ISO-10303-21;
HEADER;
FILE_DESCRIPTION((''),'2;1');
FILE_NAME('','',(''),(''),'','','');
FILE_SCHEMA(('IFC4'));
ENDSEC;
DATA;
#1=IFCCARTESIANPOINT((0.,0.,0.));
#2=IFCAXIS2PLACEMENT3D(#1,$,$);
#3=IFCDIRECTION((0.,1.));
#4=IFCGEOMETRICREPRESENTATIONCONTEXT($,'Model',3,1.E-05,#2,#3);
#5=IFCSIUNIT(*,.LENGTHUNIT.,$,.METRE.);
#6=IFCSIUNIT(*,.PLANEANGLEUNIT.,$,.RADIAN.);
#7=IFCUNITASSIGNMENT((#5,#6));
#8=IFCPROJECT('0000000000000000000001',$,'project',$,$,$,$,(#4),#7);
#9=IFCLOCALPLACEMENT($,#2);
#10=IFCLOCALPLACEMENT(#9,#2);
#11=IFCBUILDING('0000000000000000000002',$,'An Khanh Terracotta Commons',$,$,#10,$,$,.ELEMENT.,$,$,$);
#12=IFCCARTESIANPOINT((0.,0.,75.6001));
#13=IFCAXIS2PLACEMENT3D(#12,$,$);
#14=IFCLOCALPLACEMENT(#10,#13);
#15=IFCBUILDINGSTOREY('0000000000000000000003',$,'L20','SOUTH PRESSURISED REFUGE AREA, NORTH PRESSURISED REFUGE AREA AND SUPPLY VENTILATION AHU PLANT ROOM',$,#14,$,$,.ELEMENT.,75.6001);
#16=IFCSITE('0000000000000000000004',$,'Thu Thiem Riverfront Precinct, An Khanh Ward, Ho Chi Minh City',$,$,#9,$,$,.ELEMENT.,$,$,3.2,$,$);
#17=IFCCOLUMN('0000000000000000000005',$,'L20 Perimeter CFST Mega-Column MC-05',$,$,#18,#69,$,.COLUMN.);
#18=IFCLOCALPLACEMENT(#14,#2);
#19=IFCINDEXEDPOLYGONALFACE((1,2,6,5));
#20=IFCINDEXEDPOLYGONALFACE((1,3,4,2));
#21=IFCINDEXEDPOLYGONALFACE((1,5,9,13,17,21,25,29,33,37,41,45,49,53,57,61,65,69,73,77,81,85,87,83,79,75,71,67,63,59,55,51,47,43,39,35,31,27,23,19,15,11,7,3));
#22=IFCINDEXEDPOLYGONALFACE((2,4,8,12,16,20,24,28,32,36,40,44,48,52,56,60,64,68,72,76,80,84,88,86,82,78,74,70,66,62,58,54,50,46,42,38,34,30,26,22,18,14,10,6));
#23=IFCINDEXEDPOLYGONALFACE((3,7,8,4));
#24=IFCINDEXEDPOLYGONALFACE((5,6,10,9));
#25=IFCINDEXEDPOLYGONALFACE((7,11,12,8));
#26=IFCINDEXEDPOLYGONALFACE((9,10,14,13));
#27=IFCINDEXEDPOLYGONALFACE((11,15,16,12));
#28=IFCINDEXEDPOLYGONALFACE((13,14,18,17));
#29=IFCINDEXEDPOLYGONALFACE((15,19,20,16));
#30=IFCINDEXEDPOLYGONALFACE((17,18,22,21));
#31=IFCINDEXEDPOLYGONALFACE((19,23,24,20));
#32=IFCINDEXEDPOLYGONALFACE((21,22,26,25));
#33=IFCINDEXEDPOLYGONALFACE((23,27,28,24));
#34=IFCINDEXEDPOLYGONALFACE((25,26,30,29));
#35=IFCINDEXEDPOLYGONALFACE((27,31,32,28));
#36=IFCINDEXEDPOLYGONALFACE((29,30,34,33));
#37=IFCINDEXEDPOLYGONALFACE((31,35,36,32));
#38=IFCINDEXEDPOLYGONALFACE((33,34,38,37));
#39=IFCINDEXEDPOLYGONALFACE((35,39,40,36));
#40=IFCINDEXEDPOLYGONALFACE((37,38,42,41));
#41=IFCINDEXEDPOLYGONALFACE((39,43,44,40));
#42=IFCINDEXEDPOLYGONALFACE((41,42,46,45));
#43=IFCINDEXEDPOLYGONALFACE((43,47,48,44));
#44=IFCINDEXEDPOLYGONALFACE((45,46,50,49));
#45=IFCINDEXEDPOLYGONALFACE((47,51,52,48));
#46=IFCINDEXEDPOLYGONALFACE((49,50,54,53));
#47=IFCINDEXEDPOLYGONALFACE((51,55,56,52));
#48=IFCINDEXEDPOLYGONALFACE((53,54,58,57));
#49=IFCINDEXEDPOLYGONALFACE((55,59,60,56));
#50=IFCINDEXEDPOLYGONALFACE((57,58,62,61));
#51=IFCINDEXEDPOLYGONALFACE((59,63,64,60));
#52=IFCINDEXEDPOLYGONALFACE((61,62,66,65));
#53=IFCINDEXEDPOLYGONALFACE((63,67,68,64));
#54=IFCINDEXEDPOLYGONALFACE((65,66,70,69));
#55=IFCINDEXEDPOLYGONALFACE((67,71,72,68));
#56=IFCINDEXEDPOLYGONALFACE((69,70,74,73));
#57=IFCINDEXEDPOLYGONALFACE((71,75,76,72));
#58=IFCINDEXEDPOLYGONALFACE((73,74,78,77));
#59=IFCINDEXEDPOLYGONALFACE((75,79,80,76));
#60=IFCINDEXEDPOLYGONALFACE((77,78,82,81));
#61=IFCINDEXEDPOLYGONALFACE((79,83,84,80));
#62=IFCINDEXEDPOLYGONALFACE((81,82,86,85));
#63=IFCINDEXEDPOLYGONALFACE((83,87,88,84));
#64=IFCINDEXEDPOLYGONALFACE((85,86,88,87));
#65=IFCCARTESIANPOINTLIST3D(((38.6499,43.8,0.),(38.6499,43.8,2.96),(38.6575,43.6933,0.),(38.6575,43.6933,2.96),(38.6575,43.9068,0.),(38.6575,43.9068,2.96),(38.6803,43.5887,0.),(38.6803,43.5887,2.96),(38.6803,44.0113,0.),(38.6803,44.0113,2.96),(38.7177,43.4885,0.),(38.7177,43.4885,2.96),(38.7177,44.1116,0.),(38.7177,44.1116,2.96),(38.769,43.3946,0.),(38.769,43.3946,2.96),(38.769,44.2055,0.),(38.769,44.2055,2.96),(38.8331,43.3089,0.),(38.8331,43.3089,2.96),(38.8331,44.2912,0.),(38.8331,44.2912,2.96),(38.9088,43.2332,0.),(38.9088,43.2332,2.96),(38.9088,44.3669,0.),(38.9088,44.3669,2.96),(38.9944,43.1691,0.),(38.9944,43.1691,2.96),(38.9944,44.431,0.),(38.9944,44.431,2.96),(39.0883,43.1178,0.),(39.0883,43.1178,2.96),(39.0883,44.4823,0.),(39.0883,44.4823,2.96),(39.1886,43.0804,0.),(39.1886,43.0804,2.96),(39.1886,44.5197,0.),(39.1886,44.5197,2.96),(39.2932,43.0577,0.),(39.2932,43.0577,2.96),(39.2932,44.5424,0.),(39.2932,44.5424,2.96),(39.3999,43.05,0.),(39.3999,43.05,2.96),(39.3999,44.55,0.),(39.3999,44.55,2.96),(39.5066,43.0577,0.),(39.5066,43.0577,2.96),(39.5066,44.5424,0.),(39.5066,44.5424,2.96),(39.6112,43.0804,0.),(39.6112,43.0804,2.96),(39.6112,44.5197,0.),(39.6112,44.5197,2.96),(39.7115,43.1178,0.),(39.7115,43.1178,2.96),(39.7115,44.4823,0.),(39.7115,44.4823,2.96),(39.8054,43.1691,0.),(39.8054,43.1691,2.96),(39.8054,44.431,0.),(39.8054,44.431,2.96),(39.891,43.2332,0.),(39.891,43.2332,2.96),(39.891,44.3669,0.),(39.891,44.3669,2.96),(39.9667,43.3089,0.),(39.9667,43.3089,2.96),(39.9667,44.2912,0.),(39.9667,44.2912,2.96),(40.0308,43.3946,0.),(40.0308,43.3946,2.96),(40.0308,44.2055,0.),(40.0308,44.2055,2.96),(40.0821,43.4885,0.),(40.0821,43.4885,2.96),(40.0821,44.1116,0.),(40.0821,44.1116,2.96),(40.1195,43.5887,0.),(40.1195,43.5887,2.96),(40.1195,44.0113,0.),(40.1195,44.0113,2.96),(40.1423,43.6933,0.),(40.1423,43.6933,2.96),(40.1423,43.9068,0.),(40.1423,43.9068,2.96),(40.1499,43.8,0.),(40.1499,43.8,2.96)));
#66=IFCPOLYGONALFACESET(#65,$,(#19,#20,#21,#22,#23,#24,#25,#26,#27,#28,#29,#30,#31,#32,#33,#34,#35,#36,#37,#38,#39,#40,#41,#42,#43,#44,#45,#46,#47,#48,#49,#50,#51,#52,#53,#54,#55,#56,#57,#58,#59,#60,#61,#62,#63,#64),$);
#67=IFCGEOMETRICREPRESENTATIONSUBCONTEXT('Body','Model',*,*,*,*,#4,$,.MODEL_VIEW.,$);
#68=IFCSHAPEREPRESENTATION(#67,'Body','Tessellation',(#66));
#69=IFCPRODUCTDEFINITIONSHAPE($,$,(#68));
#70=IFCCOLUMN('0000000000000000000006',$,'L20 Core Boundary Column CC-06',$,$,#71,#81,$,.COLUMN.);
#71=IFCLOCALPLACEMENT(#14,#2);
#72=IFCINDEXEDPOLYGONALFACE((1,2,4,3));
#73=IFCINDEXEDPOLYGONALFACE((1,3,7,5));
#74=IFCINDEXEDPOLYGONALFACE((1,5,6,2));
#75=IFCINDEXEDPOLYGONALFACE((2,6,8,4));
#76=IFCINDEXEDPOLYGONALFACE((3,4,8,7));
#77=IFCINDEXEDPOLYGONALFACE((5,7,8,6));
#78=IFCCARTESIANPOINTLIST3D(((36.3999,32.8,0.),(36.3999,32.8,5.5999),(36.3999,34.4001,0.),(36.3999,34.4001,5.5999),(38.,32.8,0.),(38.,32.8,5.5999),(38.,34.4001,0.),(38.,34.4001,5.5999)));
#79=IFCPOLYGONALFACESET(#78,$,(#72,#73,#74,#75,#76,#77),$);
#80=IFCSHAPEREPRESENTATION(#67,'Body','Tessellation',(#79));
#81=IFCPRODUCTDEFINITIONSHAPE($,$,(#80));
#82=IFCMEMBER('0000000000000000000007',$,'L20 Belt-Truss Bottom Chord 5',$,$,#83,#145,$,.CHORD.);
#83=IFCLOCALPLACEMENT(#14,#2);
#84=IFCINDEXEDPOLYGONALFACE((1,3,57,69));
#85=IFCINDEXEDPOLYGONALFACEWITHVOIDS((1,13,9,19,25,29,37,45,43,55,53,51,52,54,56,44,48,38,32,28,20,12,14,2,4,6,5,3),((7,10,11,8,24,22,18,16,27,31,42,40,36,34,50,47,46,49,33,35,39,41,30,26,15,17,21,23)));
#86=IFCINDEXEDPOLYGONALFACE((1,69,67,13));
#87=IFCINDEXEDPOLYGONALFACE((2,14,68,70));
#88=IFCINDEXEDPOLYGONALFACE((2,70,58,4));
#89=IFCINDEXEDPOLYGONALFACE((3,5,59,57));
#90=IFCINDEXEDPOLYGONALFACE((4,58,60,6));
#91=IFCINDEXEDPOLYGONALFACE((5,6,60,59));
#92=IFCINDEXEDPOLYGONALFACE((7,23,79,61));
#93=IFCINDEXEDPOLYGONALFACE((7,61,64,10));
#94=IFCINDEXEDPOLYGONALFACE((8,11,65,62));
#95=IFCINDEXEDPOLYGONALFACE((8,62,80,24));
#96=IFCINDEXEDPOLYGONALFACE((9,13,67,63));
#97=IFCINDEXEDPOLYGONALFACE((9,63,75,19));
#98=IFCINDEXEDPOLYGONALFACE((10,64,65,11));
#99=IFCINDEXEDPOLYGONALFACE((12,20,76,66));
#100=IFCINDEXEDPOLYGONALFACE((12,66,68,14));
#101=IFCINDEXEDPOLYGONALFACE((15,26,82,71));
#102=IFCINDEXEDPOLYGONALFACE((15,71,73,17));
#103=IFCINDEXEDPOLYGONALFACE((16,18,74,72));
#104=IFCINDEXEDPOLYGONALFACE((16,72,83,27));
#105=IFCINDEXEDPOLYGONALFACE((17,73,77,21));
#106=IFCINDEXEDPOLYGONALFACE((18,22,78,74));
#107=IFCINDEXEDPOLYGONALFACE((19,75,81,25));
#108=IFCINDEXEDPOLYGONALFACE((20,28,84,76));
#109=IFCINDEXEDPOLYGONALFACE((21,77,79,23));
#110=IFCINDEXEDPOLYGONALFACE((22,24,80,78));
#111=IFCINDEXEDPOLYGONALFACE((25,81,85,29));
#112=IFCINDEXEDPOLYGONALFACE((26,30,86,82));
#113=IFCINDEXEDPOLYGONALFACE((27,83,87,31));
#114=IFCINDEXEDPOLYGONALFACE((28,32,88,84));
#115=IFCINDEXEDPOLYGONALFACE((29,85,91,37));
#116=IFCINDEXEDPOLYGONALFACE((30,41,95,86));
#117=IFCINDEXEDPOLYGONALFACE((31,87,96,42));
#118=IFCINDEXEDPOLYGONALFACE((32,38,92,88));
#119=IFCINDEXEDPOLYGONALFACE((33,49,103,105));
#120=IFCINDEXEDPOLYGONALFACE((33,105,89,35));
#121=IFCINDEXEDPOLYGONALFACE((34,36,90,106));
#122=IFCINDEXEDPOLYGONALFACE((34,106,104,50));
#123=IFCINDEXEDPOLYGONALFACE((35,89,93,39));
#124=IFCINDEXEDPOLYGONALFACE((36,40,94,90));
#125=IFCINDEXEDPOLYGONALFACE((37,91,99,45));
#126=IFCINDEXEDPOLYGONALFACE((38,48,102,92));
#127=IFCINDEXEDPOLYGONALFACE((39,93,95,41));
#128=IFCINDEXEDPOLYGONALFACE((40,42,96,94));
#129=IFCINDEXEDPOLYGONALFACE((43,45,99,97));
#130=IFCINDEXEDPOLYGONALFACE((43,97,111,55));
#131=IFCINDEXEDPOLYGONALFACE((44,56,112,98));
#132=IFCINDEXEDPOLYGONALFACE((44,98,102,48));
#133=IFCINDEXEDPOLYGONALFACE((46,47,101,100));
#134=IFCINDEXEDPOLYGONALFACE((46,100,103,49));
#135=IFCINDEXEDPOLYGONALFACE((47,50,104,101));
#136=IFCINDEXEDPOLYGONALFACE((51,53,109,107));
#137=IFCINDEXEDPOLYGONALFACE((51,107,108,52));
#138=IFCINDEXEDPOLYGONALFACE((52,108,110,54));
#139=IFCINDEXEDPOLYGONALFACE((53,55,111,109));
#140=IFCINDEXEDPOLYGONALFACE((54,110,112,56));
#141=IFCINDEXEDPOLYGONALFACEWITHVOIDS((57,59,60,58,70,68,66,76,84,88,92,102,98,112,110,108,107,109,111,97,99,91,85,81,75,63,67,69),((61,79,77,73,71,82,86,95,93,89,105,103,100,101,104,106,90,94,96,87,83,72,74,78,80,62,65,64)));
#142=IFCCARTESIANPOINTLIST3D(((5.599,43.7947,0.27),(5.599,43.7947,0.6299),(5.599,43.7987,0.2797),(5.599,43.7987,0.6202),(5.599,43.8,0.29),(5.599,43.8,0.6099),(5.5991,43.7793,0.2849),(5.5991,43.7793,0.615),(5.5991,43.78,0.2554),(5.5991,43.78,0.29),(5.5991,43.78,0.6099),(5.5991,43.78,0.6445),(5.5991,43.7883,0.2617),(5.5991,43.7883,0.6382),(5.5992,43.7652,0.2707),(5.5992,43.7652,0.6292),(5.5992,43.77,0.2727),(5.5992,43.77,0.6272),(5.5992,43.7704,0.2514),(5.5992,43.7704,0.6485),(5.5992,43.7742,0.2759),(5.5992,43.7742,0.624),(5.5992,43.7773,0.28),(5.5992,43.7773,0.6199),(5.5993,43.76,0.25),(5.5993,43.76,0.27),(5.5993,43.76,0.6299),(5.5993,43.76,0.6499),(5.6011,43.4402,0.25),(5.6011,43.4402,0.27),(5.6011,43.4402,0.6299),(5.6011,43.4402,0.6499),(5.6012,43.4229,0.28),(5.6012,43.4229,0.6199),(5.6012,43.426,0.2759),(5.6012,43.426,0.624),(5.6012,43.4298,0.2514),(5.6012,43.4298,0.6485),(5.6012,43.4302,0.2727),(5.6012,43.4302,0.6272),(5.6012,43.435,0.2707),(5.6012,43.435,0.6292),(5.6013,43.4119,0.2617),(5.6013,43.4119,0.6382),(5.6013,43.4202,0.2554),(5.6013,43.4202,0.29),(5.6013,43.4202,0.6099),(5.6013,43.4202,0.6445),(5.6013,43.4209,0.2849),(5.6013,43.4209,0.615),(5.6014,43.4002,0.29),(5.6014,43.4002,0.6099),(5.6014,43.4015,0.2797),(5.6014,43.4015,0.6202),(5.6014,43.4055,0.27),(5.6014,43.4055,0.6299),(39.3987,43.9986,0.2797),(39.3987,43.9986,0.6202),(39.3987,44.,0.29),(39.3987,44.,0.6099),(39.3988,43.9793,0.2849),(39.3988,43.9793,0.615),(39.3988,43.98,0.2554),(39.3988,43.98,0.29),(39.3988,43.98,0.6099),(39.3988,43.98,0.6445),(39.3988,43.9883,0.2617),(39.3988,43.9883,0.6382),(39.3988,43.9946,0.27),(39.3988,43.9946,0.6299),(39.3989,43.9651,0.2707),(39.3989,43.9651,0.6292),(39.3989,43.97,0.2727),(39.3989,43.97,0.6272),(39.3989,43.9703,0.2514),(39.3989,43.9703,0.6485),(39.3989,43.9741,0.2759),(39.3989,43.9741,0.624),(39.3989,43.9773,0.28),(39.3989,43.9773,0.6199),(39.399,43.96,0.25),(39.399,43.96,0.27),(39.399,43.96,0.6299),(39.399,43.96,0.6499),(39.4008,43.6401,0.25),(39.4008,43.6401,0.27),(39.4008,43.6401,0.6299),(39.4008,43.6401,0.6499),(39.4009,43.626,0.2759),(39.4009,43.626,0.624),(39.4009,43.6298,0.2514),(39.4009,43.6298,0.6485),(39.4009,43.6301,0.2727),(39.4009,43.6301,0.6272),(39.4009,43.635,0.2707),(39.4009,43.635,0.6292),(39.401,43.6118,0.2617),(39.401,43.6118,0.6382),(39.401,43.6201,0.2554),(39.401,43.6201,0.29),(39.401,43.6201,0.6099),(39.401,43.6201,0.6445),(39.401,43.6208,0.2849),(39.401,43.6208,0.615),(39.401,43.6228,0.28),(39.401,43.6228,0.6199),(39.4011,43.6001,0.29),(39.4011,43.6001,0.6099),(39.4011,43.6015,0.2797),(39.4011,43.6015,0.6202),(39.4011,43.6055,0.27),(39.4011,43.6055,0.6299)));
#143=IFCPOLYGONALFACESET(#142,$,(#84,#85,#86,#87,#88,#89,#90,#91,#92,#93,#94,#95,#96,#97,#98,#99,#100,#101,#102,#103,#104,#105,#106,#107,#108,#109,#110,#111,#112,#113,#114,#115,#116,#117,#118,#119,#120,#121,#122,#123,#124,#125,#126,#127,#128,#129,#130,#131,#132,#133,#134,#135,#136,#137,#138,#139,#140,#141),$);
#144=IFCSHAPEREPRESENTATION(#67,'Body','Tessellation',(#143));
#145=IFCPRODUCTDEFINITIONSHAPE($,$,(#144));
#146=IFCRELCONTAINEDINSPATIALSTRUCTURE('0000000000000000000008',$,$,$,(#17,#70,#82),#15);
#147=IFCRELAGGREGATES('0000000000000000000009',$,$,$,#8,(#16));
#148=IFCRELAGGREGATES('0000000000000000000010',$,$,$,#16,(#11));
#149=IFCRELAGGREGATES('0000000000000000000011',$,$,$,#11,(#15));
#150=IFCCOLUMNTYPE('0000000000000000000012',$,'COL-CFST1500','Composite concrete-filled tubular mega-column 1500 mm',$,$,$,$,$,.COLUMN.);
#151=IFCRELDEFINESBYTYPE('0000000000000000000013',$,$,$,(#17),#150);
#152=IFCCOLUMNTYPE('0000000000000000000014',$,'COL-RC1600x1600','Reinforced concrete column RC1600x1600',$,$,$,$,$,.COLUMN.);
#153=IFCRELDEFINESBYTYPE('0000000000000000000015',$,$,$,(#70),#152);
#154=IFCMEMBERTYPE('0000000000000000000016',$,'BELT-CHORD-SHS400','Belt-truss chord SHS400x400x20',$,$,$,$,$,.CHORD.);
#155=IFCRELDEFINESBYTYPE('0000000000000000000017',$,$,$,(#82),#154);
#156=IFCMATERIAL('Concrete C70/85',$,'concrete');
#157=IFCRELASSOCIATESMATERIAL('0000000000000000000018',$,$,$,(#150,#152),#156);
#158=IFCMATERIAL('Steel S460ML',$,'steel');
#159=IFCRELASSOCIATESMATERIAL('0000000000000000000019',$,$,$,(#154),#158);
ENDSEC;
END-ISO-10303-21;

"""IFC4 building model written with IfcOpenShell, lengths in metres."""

from ifc_helpers import new_model, si_unit, direction, frame, origin, origin_2d, place, context, subcontext, project, spatial, rectangle, hollow_rectangle, circle, extrude, material, material_profile, profile_set, type_object, element, save


model = new_model("IFC4")

# Units and contexts
model_context = context("Model", 3, precision=1e-05, world=origin(), true_north=direction((0.0, 1.0)))
body_context = subcontext(model_context, "Body", "Model", "MODEL_VIEW")
ifc_project = project(units=[si_unit("LENGTHUNIT", "METRE"), si_unit("PLANEANGLEUNIT", "RADIAN")], contexts=[model_context])

# Site, building, storey
site_placement = place(None, origin())
site = spatial("IfcSite", under=ifc_project, at=site_placement, Name="Thu Thiem Riverfront Precinct, An Khanh Ward, Ho Chi Minh City", CompositionType="ELEMENT", RefElevation=3.2)
building_placement = place(site_placement, origin())
building = spatial("IfcBuilding", under=site, at=building_placement, Name="An Khanh Terracotta Commons", CompositionType="ELEMENT")
storey_placement = place(building_placement, frame((0.0, 0.0, 75.6001)))
storey = spatial("IfcBuildingStorey", under=building, at=storey_placement, Name="L20", Description="SOUTH PRESSURISED REFUGE AREA, NORTH PRESSURISED REFUGE AREA AND SUPPLY VENTILATION AHU PLANT ROOM", CompositionType="ELEMENT", Elevation=75.6001)

# Columns
ifc_material_1 = material(Name="Concrete C70/85", Category="concrete")
ifc_material_profile_1 = material_profile(ifc_material_1, circle(Radius=0.75, at=origin_2d()), Name="CFST1500")
ifc_profile_set_1 = profile_set([ifc_material_profile_1], Name="Concrete C70/85")
column_type_1 = type_object("IfcColumnType", Name="COL-CFST1500", Description="Composite concrete-filled tubular mega-column 1500 mm", PredefinedType="COLUMN", material=ifc_profile_set_1)
column_1_placement = place(storey_placement, frame((39.3999, 43.8, 0.0), z_axis=(0.0, 0.0, 1.0), x_axis=(1.0, 0.0, 0.0)))
element("IfcColumn", 1, at=column_1_placement, inside=storey, type_object=column_type_1, Name="L20 Perimeter CFST Mega-Column MC-05", PredefinedType="COLUMN", context=body_context, shape_type="SweptSolid", body=[
    extrude(circle(Radius=0.75, at=origin_2d()), origin(), (0.0, 0.0, 1.0), 2.96),
])
ifc_material_profile_2 = material_profile(ifc_material_1, rectangle(XDim=1.6001, YDim=1.6001, at=origin_2d()), Name="RC1600x1600")
ifc_profile_set_2 = profile_set([ifc_material_profile_2], Name="Concrete C70/85")
column_type_2 = type_object("IfcColumnType", Name="COL-RC1600x1600", Description="Reinforced concrete column RC1600x1600", PredefinedType="COLUMN", material=ifc_profile_set_2)
column_2_placement = place(storey_placement, frame((37.2, 33.6001, 0.0), z_axis=(0.0, 0.0, 1.0), x_axis=(1.0, 0.0, 0.0)))
element("IfcColumn", 2, at=column_2_placement, inside=storey, type_object=column_type_2, Name="L20 Core Boundary Column CC-06", PredefinedType="COLUMN", context=body_context, shape_type="SweptSolid", body=[
    extrude(rectangle(XDim=1.6001, YDim=1.6001, at=origin_2d()), origin(), (0.0, 0.0, 1.0), 5.5999),
])

# Member
ifc_material_2 = material(Name="Steel S460ML", Category="steel")
ifc_material_profile_3 = material_profile(ifc_material_2, hollow_rectangle(XDim=0.3999, YDim=0.3999, WallThickness=0.02, InnerFilletRadius=0.02, OuterFilletRadius=0.04, at=origin_2d()), Name="SHS400x400x20")
ifc_profile_set_3 = profile_set([ifc_material_profile_3], Name="Steel S460ML")
member_type_1 = type_object("IfcMemberType", Name="BELT-CHORD-SHS400", Description="Belt-truss chord SHS400x400x20", PredefinedType="CHORD", material=ifc_profile_set_3)
for number, where, z_axis, x_axis, name in (
    (3, (39.3999, 43.8, 0.45), (-0.999983, -0.005916, 0.0), (0.005916, -0.999983, 0.0), "L20 Belt-Truss Bottom Chord 5"),
):
    element("IfcMember", number, at=place(storey_placement, frame(where, z_axis=z_axis, x_axis=x_axis)), inside=storey, type_object=member_type_1, Name=name, PredefinedType="CHORD", context=body_context, shape_type="SweptSolid", body=[
        extrude(hollow_rectangle(XDim=0.3999, YDim=0.3999, WallThickness=0.02, InnerFilletRadius=0.02, OuterFilletRadius=0.04, at=origin_2d()), origin(), (0.0, 0.0, 1.0), 33.8003),
    ])

save(model, "model.ifc")
